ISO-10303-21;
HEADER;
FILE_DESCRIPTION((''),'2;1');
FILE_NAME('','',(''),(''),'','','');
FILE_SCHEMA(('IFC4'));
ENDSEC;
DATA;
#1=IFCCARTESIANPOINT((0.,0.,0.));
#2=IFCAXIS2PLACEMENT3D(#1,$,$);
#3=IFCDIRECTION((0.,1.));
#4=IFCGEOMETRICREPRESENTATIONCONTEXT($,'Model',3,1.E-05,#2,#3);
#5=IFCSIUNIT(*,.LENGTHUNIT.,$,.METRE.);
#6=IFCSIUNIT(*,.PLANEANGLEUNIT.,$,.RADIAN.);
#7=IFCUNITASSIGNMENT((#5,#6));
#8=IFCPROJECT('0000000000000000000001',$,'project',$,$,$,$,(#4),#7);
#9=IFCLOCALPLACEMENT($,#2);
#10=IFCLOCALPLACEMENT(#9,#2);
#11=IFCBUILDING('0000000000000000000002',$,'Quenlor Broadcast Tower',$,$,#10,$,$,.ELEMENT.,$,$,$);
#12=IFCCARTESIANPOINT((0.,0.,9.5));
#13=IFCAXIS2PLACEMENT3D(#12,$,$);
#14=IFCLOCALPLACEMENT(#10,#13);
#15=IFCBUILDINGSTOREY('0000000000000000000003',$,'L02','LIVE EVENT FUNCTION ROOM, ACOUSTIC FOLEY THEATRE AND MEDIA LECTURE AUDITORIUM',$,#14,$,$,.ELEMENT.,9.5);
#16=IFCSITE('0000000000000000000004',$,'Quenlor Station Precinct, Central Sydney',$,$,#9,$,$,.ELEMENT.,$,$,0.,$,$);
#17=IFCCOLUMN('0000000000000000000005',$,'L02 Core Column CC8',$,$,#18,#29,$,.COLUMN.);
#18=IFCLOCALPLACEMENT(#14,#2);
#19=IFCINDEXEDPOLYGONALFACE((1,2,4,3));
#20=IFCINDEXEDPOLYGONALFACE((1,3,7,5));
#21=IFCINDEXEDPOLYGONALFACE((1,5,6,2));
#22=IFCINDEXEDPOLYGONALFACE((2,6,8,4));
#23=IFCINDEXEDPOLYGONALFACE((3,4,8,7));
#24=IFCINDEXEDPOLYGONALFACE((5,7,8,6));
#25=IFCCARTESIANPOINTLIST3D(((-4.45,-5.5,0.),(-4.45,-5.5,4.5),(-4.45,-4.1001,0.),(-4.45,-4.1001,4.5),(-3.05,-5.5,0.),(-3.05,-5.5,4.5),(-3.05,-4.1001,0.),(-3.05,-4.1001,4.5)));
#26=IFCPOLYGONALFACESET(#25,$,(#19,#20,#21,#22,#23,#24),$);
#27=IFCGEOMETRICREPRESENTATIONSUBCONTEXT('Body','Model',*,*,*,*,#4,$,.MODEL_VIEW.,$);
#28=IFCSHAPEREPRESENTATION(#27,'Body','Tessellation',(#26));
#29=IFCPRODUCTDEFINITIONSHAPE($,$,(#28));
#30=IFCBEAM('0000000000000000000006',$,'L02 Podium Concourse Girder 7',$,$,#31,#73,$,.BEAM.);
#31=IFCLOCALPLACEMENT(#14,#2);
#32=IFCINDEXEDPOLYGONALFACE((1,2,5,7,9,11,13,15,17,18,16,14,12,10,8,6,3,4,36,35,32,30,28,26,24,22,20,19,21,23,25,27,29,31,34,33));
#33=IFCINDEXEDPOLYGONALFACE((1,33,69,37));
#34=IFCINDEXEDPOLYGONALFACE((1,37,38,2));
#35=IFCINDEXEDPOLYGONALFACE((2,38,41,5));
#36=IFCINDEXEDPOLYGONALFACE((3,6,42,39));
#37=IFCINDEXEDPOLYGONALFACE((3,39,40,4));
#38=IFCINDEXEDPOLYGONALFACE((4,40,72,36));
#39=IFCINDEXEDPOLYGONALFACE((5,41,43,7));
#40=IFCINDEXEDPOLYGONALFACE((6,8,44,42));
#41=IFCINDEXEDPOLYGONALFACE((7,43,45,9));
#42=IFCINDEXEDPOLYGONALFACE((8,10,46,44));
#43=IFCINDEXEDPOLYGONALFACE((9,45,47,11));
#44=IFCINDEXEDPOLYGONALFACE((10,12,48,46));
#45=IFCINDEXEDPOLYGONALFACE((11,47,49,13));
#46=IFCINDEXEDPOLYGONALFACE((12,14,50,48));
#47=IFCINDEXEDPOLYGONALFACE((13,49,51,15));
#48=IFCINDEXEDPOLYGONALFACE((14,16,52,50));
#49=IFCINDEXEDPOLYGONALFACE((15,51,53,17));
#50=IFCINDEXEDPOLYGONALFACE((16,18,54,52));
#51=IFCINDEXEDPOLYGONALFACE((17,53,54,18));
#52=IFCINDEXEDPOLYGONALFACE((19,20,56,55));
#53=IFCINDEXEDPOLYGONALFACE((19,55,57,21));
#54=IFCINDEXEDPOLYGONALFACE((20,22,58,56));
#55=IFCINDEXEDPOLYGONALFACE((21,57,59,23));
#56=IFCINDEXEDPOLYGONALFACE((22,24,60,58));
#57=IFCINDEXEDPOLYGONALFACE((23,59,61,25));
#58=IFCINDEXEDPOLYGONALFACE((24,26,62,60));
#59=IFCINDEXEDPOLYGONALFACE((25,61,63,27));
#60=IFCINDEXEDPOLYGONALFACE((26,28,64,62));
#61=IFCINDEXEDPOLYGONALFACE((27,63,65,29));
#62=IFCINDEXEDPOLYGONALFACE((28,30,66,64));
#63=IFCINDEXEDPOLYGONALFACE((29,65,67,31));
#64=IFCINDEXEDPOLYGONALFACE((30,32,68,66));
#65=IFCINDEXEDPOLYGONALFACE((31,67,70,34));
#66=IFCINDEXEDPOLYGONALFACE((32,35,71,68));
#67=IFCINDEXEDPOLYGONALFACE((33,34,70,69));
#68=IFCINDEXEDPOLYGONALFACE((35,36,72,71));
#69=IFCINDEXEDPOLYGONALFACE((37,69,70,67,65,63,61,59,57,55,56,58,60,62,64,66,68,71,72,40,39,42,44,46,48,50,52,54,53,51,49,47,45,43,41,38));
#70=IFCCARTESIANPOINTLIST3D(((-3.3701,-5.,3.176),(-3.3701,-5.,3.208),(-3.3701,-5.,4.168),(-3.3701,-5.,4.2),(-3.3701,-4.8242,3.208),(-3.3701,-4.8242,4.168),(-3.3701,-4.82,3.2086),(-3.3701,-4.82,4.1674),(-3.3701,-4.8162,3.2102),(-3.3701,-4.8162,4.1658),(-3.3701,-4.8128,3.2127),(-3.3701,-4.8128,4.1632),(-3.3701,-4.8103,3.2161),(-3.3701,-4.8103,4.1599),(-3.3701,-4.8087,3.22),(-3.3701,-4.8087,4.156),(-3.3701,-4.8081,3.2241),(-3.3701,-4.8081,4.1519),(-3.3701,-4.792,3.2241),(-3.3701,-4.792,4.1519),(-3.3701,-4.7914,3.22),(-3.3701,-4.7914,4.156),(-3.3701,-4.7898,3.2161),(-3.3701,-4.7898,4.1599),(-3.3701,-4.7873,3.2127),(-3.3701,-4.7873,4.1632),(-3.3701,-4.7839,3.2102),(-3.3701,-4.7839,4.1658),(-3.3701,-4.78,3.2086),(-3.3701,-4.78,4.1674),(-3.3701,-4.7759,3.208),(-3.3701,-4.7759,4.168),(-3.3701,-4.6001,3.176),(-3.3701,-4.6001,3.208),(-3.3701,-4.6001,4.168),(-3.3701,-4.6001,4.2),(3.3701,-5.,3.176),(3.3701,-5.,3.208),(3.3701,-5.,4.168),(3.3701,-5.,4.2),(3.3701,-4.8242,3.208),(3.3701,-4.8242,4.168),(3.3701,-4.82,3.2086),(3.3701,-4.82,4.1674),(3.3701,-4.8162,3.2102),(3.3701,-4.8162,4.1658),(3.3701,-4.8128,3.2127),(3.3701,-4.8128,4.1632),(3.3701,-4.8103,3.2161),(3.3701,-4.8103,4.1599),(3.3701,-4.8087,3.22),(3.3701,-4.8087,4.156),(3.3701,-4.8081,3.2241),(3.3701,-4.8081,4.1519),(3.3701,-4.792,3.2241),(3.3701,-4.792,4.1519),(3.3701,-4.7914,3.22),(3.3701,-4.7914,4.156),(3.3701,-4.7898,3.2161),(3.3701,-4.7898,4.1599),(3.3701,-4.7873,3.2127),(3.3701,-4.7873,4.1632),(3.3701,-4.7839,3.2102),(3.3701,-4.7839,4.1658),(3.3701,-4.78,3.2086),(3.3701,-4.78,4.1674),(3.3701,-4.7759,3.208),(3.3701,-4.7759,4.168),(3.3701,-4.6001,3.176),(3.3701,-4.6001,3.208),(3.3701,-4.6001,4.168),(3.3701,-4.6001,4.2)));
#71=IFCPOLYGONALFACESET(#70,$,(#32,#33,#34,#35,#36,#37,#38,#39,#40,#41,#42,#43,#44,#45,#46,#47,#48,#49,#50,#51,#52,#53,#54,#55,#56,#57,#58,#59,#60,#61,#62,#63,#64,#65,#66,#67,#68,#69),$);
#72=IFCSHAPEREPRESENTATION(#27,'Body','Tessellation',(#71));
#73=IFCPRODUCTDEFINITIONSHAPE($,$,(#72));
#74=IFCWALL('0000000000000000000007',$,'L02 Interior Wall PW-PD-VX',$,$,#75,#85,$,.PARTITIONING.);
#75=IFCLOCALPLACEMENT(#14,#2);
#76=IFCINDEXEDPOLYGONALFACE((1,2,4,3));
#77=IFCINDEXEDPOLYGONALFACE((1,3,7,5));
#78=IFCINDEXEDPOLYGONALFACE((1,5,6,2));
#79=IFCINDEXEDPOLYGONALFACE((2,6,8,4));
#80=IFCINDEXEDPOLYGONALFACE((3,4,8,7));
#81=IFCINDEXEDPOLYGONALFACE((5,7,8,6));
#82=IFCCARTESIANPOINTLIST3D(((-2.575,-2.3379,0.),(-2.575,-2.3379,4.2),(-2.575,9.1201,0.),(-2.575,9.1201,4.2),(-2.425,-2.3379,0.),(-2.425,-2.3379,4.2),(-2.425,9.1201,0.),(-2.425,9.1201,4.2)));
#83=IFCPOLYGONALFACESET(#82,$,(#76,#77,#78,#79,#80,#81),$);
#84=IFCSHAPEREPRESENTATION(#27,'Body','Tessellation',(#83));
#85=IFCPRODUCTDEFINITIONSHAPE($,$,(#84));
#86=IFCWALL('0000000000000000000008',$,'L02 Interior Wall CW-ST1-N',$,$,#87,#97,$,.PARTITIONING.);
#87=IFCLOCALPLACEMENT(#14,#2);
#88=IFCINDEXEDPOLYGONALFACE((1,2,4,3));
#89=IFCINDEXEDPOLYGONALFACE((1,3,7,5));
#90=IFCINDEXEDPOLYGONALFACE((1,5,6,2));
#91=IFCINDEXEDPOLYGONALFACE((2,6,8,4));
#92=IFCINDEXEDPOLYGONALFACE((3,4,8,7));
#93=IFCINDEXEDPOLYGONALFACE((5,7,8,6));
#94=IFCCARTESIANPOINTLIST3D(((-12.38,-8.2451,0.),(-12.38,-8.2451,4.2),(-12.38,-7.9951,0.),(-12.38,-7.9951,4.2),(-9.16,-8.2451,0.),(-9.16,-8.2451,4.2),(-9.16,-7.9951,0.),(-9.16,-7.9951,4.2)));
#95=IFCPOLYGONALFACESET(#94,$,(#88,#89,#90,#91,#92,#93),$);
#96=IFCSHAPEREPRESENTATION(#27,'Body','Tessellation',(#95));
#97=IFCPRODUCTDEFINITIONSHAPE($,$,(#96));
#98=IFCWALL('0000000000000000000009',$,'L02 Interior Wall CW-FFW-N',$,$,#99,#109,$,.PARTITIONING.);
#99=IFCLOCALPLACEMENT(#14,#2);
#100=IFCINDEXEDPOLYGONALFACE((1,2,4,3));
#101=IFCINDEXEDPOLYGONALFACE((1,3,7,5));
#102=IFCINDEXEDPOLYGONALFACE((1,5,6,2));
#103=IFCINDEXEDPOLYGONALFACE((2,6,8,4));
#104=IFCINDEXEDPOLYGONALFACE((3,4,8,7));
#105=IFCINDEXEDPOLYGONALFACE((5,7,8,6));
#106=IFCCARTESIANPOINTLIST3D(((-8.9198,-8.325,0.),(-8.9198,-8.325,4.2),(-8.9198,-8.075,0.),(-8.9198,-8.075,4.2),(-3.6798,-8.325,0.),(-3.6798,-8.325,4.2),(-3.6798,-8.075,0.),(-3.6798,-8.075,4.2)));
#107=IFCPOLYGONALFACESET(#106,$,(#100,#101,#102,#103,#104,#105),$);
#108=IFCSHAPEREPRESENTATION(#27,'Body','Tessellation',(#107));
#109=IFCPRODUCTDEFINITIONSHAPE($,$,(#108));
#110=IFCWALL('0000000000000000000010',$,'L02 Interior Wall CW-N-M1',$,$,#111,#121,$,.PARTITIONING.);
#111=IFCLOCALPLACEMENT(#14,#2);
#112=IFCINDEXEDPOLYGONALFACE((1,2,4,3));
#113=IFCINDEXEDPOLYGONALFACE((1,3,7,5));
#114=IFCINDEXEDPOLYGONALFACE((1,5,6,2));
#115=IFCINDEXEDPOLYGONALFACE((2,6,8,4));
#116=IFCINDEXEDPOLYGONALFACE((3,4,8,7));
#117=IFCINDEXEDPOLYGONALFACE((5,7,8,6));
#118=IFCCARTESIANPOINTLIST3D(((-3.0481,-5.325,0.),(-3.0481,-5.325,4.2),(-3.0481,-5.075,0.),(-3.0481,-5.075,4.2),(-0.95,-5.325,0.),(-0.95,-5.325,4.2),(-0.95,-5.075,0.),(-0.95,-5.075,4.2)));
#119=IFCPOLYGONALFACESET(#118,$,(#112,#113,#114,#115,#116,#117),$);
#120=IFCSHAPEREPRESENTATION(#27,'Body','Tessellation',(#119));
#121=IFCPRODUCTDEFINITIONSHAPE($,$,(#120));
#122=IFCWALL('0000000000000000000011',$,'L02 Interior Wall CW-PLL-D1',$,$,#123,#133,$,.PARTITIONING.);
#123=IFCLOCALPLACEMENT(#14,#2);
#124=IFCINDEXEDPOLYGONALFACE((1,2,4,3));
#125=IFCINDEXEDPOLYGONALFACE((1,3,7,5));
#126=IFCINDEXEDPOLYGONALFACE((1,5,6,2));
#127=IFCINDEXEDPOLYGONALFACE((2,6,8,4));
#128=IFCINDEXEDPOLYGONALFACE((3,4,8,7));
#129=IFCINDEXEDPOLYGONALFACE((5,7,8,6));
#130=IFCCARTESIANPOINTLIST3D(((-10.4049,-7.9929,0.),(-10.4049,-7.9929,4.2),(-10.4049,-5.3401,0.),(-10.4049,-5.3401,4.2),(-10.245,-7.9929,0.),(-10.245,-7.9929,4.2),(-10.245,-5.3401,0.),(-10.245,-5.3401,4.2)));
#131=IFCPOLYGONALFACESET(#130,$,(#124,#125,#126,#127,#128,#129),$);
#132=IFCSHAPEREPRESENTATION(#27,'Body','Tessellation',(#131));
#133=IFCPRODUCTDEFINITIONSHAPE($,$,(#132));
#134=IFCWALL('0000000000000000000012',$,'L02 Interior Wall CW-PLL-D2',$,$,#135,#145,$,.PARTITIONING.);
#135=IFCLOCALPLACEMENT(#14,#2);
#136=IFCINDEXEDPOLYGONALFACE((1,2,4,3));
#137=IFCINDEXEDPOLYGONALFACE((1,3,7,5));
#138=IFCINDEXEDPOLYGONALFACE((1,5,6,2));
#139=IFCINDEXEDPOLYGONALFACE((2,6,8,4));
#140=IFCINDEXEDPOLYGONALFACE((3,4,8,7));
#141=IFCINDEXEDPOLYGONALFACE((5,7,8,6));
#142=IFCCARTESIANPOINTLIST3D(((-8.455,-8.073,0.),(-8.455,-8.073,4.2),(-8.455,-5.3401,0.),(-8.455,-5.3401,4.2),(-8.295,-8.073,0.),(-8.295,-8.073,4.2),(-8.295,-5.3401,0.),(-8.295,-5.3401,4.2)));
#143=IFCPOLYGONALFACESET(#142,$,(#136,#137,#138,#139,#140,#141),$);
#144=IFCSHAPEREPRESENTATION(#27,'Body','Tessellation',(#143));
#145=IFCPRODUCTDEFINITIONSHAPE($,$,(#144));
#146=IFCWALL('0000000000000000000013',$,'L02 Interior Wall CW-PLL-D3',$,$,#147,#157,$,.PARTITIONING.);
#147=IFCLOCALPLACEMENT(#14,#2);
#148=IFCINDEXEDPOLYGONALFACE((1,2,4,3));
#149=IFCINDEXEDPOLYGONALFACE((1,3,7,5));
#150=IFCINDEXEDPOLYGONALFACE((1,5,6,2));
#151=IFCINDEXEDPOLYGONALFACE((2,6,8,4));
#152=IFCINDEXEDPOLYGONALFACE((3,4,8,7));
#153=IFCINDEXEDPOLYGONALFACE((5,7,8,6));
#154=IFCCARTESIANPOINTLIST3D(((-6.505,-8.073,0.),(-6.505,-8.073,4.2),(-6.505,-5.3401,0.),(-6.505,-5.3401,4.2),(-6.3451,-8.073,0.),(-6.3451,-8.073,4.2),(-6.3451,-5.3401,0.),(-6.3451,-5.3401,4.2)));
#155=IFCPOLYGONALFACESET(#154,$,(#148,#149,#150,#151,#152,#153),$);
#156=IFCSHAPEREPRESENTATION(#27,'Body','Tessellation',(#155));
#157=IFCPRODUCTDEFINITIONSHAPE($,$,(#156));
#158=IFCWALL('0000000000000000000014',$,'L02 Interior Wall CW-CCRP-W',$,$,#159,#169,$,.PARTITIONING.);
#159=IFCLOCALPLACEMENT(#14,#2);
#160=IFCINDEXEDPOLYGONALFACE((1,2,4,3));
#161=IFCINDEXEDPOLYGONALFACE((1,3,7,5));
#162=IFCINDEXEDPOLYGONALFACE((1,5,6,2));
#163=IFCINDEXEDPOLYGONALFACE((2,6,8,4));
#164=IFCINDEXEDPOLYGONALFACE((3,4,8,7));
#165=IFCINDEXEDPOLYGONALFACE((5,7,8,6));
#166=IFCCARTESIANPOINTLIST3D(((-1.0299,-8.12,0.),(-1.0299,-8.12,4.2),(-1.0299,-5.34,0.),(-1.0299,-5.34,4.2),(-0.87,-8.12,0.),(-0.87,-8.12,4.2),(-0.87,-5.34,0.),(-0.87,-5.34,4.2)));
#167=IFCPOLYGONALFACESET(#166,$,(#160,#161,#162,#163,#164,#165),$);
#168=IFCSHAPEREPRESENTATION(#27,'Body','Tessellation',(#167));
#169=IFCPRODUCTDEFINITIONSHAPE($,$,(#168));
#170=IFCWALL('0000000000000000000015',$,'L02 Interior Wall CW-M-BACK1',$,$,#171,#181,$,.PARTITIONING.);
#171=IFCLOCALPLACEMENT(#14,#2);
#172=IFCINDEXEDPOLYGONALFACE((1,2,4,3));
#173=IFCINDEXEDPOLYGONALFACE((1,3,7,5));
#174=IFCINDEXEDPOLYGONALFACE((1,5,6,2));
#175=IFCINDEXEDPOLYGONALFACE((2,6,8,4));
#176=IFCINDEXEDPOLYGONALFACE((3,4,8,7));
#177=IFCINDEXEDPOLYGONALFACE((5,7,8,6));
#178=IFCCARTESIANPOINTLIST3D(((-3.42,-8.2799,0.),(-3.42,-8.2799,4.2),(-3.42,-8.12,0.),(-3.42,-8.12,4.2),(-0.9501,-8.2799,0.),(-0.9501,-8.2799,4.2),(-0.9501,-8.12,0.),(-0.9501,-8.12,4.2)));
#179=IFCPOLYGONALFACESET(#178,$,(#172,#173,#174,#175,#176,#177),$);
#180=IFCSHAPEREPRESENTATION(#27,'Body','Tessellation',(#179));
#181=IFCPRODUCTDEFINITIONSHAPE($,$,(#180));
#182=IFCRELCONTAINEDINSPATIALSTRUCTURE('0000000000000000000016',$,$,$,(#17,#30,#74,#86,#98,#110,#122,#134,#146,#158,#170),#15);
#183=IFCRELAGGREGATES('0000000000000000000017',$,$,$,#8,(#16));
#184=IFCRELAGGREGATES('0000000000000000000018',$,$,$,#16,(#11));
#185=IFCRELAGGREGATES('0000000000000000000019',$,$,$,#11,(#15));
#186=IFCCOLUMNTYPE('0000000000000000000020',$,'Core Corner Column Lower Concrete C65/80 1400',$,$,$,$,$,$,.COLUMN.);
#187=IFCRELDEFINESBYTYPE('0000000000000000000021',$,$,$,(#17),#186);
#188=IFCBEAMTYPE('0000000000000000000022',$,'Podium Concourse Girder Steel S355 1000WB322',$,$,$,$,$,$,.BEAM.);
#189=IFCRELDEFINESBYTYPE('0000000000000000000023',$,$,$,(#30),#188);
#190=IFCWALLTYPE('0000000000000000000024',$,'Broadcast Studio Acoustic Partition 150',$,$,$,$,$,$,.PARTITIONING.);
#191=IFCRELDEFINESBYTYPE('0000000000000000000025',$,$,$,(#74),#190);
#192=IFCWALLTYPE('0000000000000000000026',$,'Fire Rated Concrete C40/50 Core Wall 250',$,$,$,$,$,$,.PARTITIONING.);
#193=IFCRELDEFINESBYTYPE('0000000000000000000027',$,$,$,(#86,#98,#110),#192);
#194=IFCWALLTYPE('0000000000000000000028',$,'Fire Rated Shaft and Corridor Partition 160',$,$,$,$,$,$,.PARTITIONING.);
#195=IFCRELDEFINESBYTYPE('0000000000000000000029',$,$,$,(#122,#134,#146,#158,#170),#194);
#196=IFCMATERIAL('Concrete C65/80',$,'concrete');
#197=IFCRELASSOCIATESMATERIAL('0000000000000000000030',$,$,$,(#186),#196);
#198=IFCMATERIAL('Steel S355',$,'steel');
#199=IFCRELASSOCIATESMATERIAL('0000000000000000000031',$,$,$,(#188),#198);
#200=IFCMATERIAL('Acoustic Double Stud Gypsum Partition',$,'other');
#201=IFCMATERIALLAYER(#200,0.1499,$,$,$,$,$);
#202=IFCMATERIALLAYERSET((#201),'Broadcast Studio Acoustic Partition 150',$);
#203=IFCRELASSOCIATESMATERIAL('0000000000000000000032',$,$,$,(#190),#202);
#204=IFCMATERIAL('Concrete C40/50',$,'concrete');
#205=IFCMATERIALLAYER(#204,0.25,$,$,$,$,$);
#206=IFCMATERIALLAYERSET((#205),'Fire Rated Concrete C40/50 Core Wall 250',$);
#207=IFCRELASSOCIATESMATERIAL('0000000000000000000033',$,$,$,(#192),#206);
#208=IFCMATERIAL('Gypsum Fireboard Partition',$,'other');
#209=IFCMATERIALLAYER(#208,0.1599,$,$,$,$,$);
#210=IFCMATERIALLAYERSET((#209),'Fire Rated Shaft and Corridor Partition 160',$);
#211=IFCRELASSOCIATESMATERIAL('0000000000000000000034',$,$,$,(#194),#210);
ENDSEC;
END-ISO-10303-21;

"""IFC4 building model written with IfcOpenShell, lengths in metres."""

from ifc_helpers import new_model, si_unit, direction, frame, frame_2d, origin, origin_2d, place, context, subcontext, project, spatial, rectangle, i_section, extrude, material, layer, layer_set, material_profile, profile_set, type_object, element, save


model = new_model("IFC4")

# Units and contexts
model_context = context("Model", 3, precision=1e-05, world=origin(), true_north=direction((0.0, 1.0)))
body_context = subcontext(model_context, "Body", "Model", "MODEL_VIEW")
ifc_project = project(units=[si_unit("LENGTHUNIT", "METRE"), si_unit("PLANEANGLEUNIT", "RADIAN")], contexts=[model_context])

# Site, building, storey
site_placement = place(None, origin())
site = spatial("IfcSite", under=ifc_project, at=site_placement, Name="Quenlor Station Precinct, Central Sydney", CompositionType="ELEMENT", RefElevation=0.0)
building_placement = place(site_placement, origin())
building = spatial("IfcBuilding", under=site, at=building_placement, Name="Quenlor Broadcast Tower", CompositionType="ELEMENT")
storey_placement = place(building_placement, frame((0.0, 0.0, 9.5)))
storey = spatial("IfcBuildingStorey", under=building, at=storey_placement, Name="L02", Description="LIVE EVENT FUNCTION ROOM, ACOUSTIC FOLEY THEATRE AND MEDIA LECTURE AUDITORIUM", CompositionType="ELEMENT", Elevation=9.5)

# Column
ifc_material_1 = material(Name="Concrete C65/80", Category="concrete")
ifc_material_profile_1 = material_profile(ifc_material_1, rectangle(XDim=1.3999, YDim=1.3999, at=origin_2d()))
ifc_profile_set_1 = profile_set([ifc_material_profile_1], Name="Concrete C65/80 RC1400x1400")
column_type = type_object("IfcColumnType", Name="Core Corner Column Lower Concrete C65/80 1400", PredefinedType="COLUMN", material=ifc_profile_set_1)
column_placement = place(storey_placement, frame((-3.75, -4.8, 0.0), z_axis=(0.0, 0.0, 1.0), x_axis=(1.0, 0.0, 0.0)))
element("IfcColumn", 1, at=column_placement, inside=storey, type_object=column_type, Name="L02 Core Column CC8", PredefinedType="COLUMN", context=body_context, shape_type="SweptSolid", body=[
    extrude(rectangle(XDim=1.3999, YDim=1.3999, at=origin_2d()), origin(), (0.0, 0.0, 1.0), 4.5),
])

# Beam
ifc_material_2 = material(Name="Steel S355", Category="steel")
ifc_material_profile_2 = material_profile(ifc_material_2, i_section(OverallWidth=0.3999, OverallDepth=1.0239, WebThickness=0.0161, FlangeThickness=0.032, FilletRadius=0.0161, at=origin_2d()))
ifc_profile_set_2 = profile_set([ifc_material_profile_2], Name="Steel S355 1000WB322")
beam_type = type_object("IfcBeamType", Name="Podium Concourse Girder Steel S355 1000WB322", PredefinedType="BEAM", material=ifc_profile_set_2)
beam_placement = place(storey_placement, frame((-3.3701, -4.8, 3.688), z_axis=(1.0, 0.0, 0.0), x_axis=(0.0, 1.0, 0.0)))
element("IfcBeam", 2, at=beam_placement, inside=storey, type_object=beam_type, Name="L02 Podium Concourse Girder 7", PredefinedType="BEAM", context=body_context, shape_type="SweptSolid", body=[
    extrude(i_section(OverallWidth=0.3999, OverallDepth=1.0239, WebThickness=0.0161, FlangeThickness=0.032, FilletRadius=0.0161, at=origin_2d()), origin(), (0.0, 0.0, 1.0), 6.7402),
])

# Walls
ifc_material_3 = material(Name="Acoustic Double Stud Gypsum Partition", Category="other")
ifc_layer_1 = layer(ifc_material_3, 0.1499)
ifc_layer_set_1 = layer_set([ifc_layer_1], Name="Broadcast Studio Acoustic Partition 150")
wall_type_1 = type_object("IfcWallType", Name="Broadcast Studio Acoustic Partition 150", PredefinedType="PARTITIONING", material=ifc_layer_set_1)
wall_1_placement = place(storey_placement, frame((-2.5, -2.3379, 0.0), z_axis=(0.0, 0.0, 1.0), x_axis=(0.0, 1.0, 0.0)))
element("IfcWall", 3, at=wall_1_placement, inside=storey, type_object=wall_type_1, Name="L02 Interior Wall PW-PD-VX", PredefinedType="PARTITIONING", context=body_context, shape_type="SweptSolid", body=[
    extrude(rectangle(XDim=11.458, YDim=0.1499, at=frame_2d((5.729, 0.0))), origin(), (0.0, 0.0, 1.0), 4.2),
])
ifc_material_4 = material(Name="Concrete C40/50", Category="concrete")
ifc_layer_2 = layer(ifc_material_4, 0.25)
ifc_layer_set_2 = layer_set([ifc_layer_2], Name="Fire Rated Concrete C40/50 Core Wall 250")
wall_type_2 = type_object("IfcWallType", Name="Fire Rated Concrete C40/50 Core Wall 250", PredefinedType="PARTITIONING", material=ifc_layer_set_2)
wall_2_placement = place(storey_placement, frame((-12.3799, -8.1201, 0.0), z_axis=(0.0, 0.0, 1.0), x_axis=(1.0, 0.0, 0.0)))
element("IfcWall", 4, at=wall_2_placement, inside=storey, type_object=wall_type_2, Name="L02 Interior Wall CW-ST1-N", PredefinedType="PARTITIONING", context=body_context, shape_type="SweptSolid", body=[
    extrude(rectangle(XDim=3.22, YDim=0.25, at=frame_2d((1.6099, 0.0))), origin(), (0.0, 0.0, 1.0), 4.2),
])
wall_3_placement = place(storey_placement, frame((-8.9199, -8.2, 0.0), z_axis=(0.0, 0.0, 1.0), x_axis=(1.0, 0.0, 0.0)))
element("IfcWall", 5, at=wall_3_placement, inside=storey, type_object=wall_type_2, Name="L02 Interior Wall CW-FFW-N", PredefinedType="PARTITIONING", context=body_context, shape_type="SweptSolid", body=[
    extrude(rectangle(XDim=5.24, YDim=0.25, at=frame_2d((2.6201, 0.0))), origin(), (0.0, 0.0, 1.0), 4.2),
])

# Walls
wall_4_placement = place(storey_placement, frame((-3.0481, -5.2, 0.0), z_axis=(0.0, 0.0, 1.0), x_axis=(1.0, 0.0, 0.0)))
element("IfcWall", 6, at=wall_4_placement, inside=storey, type_object=wall_type_2, Name="L02 Interior Wall CW-N-M1", PredefinedType="PARTITIONING", context=body_context, shape_type="SweptSolid", body=[
    extrude(rectangle(XDim=2.0981, YDim=0.25, at=frame_2d((1.0491, 0.0))), origin(), (0.0, 0.0, 1.0), 4.2),
])
ifc_material_5 = material(Name="Gypsum Fireboard Partition", Category="other")
ifc_layer_3 = layer(ifc_material_5, 0.1599)
ifc_layer_set_3 = layer_set([ifc_layer_3], Name="Fire Rated Shaft and Corridor Partition 160")
wall_type_3 = type_object("IfcWallType", Name="Fire Rated Shaft and Corridor Partition 160", PredefinedType="PARTITIONING", material=ifc_layer_set_3)
wall_5_placement = place(storey_placement, frame((-10.325, -7.9929, 0.0), z_axis=(0.0, 0.0, 1.0), x_axis=(0.0, 1.0, 0.0)))
element("IfcWall", 7, at=wall_5_placement, inside=storey, type_object=wall_type_3, Name="L02 Interior Wall CW-PLL-D1", PredefinedType="PARTITIONING", context=body_context, shape_type="SweptSolid", body=[
    extrude(rectangle(XDim=2.6528, YDim=0.1599, at=frame_2d((1.3264, 0.0))), origin(), (0.0, 0.0, 1.0), 4.2),
])
for number, where, z_axis, x_axis, name in (
    (8, (-8.375, -8.073, 0.0), (0.0, 0.0, 1.0), (0.0, 1.0, 0.0), "L02 Interior Wall CW-PLL-D2"),
    (9, (-6.425, -8.073, 0.0), (0.0, 0.0, 1.0), (0.0, 1.0, 0.0), "L02 Interior Wall CW-PLL-D3"),
):
    element("IfcWall", number, at=place(storey_placement, frame(where, z_axis=z_axis, x_axis=x_axis)), inside=storey, type_object=wall_type_3, Name=name, PredefinedType="PARTITIONING", context=body_context, shape_type="SweptSolid", body=[
        extrude(rectangle(XDim=2.7329, YDim=0.1599, at=frame_2d((1.3665, 0.0))), origin(), (0.0, 0.0, 1.0), 4.2),
    ])
wall_6_placement = place(storey_placement, frame((-0.95, -8.1201, 0.0), z_axis=(0.0, 0.0, 1.0), x_axis=(0.0, 1.0, 0.0)))
element("IfcWall", 10, at=wall_6_placement, inside=storey, type_object=wall_type_3, Name="L02 Interior Wall CW-CCRP-W", PredefinedType="PARTITIONING", context=body_context, shape_type="SweptSolid", body=[
    extrude(rectangle(XDim=2.78, YDim=0.1599, at=frame_2d((1.3901, 0.0))), origin(), (0.0, 0.0, 1.0), 4.2),
])
wall_7_placement = place(storey_placement, frame((-3.4199, -8.2, 0.0), z_axis=(0.0, 0.0, 1.0), x_axis=(1.0, 0.0, 0.0)))
element("IfcWall", 11, at=wall_7_placement, inside=storey, type_object=wall_type_3, Name="L02 Interior Wall CW-M-BACK1", PredefinedType="PARTITIONING", context=body_context, shape_type="SweptSolid", body=[
    extrude(rectangle(XDim=2.47, YDim=0.1599, at=frame_2d((1.2349, 0.0))), origin(), (0.0, 0.0, 1.0), 4.2),
])

save(model, "model.ifc")
